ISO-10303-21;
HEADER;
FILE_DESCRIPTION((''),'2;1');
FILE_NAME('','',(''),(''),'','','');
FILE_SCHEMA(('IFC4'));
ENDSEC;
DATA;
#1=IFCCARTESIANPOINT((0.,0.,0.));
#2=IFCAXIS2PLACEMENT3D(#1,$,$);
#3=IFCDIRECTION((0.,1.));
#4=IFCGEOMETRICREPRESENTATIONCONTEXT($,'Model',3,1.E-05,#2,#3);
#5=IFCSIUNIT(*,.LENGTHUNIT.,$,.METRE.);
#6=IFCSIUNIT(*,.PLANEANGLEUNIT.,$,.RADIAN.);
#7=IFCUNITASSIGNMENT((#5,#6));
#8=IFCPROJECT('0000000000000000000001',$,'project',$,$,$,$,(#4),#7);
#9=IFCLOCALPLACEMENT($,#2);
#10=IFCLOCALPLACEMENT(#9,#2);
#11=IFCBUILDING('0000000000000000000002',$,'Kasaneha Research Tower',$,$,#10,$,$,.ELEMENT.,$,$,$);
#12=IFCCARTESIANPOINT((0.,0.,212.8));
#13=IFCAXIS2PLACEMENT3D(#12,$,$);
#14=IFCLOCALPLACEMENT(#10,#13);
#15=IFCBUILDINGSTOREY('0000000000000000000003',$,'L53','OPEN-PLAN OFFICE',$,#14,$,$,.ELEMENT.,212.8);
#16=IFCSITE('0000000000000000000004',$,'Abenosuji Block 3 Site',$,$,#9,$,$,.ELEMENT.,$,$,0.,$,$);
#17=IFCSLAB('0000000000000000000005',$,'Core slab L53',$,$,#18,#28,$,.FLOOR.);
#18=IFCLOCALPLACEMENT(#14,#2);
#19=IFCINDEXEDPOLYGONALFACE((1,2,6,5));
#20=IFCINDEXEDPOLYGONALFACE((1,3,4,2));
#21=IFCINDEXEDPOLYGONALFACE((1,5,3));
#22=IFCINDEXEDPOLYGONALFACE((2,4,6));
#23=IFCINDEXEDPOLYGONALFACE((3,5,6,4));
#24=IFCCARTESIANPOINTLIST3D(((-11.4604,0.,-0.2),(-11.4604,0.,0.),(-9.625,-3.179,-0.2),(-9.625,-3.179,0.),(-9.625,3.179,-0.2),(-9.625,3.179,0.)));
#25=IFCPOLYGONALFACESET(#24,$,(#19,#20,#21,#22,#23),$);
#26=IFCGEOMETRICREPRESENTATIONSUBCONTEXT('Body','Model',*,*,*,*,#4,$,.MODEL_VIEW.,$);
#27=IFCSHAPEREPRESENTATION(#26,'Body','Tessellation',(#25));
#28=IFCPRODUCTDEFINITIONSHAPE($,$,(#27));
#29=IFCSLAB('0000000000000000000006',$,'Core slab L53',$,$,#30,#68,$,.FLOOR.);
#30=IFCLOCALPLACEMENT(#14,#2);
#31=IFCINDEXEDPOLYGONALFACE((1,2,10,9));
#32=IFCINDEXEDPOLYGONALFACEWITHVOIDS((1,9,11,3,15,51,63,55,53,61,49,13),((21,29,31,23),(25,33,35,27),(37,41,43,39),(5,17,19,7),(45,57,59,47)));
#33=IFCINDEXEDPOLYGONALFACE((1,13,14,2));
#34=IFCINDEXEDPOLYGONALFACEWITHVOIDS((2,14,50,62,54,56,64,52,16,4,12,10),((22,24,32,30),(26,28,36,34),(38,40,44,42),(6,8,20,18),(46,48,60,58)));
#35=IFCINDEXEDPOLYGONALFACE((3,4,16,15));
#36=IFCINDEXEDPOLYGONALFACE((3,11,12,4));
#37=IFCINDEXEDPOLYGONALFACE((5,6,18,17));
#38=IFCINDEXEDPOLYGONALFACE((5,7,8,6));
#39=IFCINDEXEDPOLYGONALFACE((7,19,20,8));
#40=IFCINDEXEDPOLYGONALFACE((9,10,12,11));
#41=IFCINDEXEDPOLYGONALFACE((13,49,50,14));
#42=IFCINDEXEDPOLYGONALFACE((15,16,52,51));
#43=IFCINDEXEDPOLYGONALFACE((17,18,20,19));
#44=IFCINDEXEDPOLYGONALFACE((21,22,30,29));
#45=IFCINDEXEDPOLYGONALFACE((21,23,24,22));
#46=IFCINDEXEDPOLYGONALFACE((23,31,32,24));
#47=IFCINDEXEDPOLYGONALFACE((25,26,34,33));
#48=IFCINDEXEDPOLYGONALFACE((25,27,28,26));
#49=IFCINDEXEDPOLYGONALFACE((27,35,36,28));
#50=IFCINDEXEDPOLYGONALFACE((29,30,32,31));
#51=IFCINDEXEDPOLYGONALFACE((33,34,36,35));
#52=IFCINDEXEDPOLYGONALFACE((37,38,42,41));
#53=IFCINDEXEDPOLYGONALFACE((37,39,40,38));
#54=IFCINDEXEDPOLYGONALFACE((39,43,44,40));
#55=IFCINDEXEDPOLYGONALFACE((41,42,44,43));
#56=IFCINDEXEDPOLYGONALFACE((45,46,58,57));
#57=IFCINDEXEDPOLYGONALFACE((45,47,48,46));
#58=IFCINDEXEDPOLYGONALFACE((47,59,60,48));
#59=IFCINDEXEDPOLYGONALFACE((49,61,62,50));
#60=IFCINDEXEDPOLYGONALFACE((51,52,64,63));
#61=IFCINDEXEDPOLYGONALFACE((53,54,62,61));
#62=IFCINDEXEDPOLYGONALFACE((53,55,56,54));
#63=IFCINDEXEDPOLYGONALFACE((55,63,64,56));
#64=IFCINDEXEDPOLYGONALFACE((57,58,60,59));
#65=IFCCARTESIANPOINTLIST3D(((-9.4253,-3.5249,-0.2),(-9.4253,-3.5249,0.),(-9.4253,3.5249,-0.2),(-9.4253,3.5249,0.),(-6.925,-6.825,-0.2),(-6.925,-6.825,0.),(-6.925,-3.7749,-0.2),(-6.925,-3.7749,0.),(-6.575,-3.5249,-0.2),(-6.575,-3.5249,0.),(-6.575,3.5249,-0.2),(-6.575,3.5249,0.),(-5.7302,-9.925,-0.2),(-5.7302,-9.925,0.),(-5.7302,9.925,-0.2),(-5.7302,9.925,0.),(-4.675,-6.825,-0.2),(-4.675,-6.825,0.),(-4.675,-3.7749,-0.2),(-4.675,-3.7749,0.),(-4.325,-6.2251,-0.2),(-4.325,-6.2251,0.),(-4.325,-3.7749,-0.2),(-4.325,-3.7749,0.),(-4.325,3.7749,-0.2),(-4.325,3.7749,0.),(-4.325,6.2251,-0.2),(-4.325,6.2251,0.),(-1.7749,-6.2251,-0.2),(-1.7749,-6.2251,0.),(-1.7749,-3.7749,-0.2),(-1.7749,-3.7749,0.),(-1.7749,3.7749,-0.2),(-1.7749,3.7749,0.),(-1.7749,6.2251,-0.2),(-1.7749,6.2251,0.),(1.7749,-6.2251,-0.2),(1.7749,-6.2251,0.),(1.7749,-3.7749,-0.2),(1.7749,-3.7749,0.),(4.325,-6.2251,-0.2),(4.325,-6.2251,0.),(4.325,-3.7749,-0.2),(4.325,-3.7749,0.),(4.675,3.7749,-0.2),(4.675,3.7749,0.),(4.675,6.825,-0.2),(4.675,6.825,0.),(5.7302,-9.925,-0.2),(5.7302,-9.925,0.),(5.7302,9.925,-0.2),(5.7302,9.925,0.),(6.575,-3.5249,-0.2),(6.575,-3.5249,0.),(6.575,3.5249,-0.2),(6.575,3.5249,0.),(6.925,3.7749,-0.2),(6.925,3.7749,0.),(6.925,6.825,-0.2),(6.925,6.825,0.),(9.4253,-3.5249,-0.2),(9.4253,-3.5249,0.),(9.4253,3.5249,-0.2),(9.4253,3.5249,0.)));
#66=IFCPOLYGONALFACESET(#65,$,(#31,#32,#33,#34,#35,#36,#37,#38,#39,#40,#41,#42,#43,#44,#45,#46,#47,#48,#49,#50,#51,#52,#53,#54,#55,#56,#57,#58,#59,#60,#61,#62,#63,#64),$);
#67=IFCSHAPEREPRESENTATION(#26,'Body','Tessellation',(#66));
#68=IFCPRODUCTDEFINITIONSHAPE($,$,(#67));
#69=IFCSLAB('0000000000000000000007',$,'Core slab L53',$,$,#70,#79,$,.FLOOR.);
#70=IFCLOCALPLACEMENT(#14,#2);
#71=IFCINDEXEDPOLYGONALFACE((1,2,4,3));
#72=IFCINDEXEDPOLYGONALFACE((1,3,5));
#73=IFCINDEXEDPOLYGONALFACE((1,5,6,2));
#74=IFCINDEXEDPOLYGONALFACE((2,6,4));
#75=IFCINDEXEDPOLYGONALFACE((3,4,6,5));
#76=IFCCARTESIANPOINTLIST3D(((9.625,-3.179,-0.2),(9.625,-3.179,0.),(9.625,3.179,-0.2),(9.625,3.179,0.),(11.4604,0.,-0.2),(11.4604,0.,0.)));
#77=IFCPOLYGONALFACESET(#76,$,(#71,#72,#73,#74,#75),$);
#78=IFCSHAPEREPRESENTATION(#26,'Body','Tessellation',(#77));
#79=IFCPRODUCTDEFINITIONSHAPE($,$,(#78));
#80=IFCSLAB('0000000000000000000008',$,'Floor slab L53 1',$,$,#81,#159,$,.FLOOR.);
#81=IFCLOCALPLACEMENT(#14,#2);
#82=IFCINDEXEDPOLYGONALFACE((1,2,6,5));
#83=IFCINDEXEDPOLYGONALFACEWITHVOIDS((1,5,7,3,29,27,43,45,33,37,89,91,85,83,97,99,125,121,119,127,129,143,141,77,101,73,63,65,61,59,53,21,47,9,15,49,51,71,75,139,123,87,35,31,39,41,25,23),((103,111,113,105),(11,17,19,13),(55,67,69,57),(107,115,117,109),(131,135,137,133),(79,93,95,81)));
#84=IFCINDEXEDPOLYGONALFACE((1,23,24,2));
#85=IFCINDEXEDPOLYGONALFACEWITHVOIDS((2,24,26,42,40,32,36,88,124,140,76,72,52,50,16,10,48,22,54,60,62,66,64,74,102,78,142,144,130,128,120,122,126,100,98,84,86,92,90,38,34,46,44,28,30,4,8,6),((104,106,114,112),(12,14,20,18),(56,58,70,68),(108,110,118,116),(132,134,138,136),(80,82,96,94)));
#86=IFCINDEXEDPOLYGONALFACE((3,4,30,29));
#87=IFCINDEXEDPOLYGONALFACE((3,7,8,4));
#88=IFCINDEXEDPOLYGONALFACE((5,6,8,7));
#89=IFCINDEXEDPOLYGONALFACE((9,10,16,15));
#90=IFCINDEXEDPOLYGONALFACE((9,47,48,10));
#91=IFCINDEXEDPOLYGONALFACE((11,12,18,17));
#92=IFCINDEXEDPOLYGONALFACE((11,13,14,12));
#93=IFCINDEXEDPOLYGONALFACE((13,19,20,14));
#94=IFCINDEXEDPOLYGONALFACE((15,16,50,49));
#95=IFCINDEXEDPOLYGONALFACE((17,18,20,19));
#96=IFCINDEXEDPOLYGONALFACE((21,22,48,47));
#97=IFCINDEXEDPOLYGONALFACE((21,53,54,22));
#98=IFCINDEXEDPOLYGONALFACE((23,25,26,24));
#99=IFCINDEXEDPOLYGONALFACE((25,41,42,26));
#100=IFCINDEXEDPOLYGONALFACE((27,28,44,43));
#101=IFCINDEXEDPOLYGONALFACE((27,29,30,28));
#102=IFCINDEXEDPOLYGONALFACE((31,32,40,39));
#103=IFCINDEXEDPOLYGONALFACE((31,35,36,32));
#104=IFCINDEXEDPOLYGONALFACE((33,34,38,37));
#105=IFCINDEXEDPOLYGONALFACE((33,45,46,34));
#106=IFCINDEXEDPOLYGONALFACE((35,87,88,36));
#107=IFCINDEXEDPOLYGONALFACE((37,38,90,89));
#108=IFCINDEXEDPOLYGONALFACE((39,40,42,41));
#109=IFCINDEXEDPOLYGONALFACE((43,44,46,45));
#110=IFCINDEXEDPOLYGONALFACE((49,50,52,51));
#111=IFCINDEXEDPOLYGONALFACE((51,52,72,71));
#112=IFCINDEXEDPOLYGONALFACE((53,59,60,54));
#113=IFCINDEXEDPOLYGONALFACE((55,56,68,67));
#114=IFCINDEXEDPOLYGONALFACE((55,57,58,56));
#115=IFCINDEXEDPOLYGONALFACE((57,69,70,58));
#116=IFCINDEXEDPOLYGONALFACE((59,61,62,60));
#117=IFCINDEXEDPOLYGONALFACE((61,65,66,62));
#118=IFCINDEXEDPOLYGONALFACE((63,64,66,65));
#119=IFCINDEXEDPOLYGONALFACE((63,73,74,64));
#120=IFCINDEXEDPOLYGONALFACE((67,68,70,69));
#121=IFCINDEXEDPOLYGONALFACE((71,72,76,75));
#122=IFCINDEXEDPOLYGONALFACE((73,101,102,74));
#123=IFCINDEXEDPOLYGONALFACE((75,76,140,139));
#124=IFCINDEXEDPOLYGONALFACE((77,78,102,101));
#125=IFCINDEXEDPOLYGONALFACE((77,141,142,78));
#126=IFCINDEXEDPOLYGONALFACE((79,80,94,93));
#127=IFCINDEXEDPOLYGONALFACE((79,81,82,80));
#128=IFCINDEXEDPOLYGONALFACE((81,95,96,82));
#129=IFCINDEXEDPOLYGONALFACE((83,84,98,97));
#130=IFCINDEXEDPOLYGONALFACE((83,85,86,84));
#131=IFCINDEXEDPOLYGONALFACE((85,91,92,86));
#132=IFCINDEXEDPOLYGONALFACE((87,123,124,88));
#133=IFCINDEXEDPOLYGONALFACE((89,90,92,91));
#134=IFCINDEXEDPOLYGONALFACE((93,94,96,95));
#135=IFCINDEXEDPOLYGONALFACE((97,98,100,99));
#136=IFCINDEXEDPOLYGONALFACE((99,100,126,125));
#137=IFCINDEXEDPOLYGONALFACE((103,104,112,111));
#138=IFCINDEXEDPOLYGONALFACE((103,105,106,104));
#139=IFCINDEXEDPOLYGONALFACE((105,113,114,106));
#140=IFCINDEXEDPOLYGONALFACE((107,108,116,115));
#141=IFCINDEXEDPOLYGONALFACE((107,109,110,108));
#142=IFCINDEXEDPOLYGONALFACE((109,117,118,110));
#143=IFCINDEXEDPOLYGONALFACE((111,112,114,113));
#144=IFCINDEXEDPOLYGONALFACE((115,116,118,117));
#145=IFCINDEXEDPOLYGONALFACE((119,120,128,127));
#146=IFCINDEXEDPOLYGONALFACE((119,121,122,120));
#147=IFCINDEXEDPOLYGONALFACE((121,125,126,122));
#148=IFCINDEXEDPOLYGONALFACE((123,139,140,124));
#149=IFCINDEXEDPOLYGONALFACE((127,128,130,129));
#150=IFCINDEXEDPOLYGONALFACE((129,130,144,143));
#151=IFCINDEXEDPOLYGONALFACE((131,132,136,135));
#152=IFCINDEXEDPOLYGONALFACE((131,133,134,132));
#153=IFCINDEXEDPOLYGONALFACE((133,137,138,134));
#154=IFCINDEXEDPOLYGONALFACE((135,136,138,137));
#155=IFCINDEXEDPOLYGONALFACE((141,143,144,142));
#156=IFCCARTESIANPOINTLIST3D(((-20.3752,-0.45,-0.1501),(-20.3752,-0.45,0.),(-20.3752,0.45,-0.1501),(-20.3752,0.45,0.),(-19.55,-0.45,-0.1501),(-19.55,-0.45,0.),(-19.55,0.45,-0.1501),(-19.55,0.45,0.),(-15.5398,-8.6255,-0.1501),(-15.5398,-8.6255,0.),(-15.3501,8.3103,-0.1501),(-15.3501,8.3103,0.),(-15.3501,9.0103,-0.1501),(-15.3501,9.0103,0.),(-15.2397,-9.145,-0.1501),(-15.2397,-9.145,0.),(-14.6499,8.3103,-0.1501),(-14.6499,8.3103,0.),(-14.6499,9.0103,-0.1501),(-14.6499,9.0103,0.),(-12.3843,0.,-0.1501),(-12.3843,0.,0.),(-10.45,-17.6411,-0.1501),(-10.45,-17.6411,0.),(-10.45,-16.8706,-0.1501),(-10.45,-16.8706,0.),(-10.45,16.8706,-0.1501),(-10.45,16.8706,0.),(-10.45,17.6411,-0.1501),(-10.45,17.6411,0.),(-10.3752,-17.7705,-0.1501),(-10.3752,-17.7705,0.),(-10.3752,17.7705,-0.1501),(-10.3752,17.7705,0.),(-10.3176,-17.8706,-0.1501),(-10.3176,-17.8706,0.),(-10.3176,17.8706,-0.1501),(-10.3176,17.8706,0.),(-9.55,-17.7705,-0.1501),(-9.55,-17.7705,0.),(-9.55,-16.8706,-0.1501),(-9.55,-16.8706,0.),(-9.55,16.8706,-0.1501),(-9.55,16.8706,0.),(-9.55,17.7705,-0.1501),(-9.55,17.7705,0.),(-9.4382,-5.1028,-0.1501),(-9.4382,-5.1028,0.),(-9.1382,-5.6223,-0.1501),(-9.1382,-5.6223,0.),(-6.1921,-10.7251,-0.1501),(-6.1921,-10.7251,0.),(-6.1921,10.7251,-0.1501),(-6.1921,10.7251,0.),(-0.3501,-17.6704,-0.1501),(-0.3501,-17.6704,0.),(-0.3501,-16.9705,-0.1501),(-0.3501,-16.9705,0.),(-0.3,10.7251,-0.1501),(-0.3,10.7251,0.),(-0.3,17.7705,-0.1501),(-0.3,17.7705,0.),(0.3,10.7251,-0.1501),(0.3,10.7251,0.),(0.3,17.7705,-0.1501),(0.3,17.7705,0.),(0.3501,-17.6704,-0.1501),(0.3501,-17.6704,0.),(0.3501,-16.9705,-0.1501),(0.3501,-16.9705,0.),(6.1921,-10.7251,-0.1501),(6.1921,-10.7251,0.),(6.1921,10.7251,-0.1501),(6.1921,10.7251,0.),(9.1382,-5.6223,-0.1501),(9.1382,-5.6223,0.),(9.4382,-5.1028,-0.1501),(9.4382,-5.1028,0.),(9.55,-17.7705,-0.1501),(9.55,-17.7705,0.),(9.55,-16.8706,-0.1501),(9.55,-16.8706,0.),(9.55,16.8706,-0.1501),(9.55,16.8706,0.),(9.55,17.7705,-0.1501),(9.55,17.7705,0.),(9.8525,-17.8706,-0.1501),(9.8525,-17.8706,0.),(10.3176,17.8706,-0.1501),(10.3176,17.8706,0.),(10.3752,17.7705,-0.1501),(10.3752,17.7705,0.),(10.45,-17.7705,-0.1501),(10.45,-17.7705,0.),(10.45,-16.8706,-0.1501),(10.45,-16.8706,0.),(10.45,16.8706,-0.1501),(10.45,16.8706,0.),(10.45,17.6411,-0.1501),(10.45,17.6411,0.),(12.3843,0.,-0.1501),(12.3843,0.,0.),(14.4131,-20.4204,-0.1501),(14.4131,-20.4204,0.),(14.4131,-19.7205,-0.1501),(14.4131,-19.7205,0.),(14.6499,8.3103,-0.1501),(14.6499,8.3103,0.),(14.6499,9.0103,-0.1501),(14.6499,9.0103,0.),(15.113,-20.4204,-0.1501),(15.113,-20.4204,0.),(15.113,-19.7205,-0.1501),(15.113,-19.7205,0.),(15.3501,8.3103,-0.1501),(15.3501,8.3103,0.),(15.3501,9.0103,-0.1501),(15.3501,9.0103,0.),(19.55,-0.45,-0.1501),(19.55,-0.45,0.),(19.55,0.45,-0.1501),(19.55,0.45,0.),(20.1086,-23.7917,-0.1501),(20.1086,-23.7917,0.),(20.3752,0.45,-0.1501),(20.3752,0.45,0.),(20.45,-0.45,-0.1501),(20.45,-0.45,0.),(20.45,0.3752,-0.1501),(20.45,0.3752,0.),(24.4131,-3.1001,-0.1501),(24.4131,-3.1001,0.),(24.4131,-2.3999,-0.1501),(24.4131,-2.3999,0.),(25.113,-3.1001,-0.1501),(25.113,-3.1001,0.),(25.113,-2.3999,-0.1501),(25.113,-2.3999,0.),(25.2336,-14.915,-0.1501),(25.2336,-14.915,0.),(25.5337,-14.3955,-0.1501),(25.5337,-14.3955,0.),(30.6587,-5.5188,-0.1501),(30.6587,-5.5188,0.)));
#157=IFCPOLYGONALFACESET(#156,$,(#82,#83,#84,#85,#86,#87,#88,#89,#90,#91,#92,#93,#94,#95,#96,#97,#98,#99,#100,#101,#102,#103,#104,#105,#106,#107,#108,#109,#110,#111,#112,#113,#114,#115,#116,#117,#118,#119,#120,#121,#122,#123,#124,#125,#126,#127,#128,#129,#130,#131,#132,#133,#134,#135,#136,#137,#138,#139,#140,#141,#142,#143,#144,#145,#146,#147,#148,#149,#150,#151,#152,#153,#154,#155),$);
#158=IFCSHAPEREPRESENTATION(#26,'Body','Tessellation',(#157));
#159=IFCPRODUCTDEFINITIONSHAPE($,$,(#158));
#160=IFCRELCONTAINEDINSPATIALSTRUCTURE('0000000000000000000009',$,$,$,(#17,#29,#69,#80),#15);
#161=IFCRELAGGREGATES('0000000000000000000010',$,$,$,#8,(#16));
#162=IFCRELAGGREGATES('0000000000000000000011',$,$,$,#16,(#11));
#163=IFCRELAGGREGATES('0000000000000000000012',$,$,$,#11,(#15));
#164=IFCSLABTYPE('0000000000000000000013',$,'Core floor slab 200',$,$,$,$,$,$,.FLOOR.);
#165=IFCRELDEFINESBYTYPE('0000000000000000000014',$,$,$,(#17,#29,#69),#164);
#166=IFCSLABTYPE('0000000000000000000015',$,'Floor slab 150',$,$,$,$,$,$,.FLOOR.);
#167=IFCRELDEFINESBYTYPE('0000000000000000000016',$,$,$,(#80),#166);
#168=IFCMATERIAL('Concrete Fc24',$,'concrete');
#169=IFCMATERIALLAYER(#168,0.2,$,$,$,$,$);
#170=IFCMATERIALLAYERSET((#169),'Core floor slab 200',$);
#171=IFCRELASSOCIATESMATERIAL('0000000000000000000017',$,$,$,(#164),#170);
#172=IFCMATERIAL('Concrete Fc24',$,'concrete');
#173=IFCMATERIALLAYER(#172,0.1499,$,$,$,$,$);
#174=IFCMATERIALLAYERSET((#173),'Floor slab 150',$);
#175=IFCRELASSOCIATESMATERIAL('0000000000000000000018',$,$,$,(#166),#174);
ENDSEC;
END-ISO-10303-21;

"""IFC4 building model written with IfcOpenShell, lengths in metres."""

from ifc_helpers import new_model, si_unit, direction, frame, origin, place, context, subcontext, project, spatial, polyline, outline, extrude, material, layer, layer_set, type_object, element, save


model = new_model("IFC4")

# Units and contexts
model_context = context("Model", 3, precision=1e-05, world=origin(), true_north=direction((0.0, 1.0)))
body_context = subcontext(model_context, "Body", "Model", "MODEL_VIEW")
ifc_project = project(units=[si_unit("LENGTHUNIT", "METRE"), si_unit("PLANEANGLEUNIT", "RADIAN")], contexts=[model_context])

# Site, building, storey
site_placement = place(None, origin())
site = spatial("IfcSite", under=ifc_project, at=site_placement, Name="Abenosuji Block 3 Site", CompositionType="ELEMENT", RefElevation=0.0)
building_placement = place(site_placement, origin())
building = spatial("IfcBuilding", under=site, at=building_placement, Name="Kasaneha Research Tower", CompositionType="ELEMENT")
storey_placement = place(building_placement, frame((0.0, 0.0, 212.8)))
storey = spatial("IfcBuildingStorey", under=building, at=storey_placement, Name="L53", Description="OPEN-PLAN OFFICE", CompositionType="ELEMENT", Elevation=212.8)

# Slabs
ifc_material_1 = material(Name="Concrete Fc24", Category="concrete")
ifc_layer_1 = layer(ifc_material_1, 0.2)
ifc_layer_set_1 = layer_set([ifc_layer_1], Name="Core floor slab 200")
slab_type_1 = type_object("IfcSlabType", Name="Core floor slab 200", PredefinedType="FLOOR", material=ifc_layer_set_1)
slab_1_placement = place(storey_placement, frame((0.0, 0.0, -0.2)))
element("IfcSlab", 1, at=slab_1_placement, inside=storey, type_object=slab_type_1, Name="Core slab L53", PredefinedType="FLOOR", context=body_context, shape_type="SweptSolid", body=[
    extrude(outline(polyline([(-11.4604, 0.0), (-9.625, 3.179), (-9.625, -3.179), (-11.4604, 0.0)])), origin(), (0.0, 0.0, 1.0), 0.2),
])
slab_2_placement = place(storey_placement, frame((0.0, 0.0, -0.2)))
element("IfcSlab", 2, at=slab_2_placement, inside=storey, type_object=slab_type_1, Name="Core slab L53", PredefinedType="FLOOR", context=body_context, shape_type="SweptSolid", body=[
    extrude(outline(polyline([(-5.7302, 9.925), (5.7302, 9.925), (9.4253, 3.5249), (6.575, 3.5249), (6.575, -3.5249), (9.4253, -3.5249), (5.7302, -9.925), (-5.7302, -9.925), (-9.4253, -3.5249), (-6.575, -3.5249), (-6.575, 3.5249), (-9.4253, 3.5249), (-5.7302, 9.925)]), holes=[polyline([(-6.925, -6.825), (-4.675, -6.825), (-4.675, -3.7749), (-6.925, -3.7749), (-6.925, -6.825)]), polyline([(-4.325, -3.7749), (-4.325, -6.2251), (-1.7749, -6.2251), (-1.7749, -3.7749), (-4.325, -3.7749)]), polyline([(1.7749, -3.7749), (1.7749, -6.2251), (4.325, -6.2251), (4.325, -3.7749), (1.7749, -3.7749)]), polyline([(-4.325, 6.2251), (-4.325, 3.7749), (-1.7749, 3.7749), (-1.7749, 6.2251), (-4.325, 6.2251)]), polyline([(4.675, 6.825), (4.675, 3.7749), (6.925, 3.7749), (6.925, 6.825), (4.675, 6.825)])]), origin(), (0.0, 0.0, 1.0), 0.2),
])
slab_3_placement = place(storey_placement, frame((0.0, 0.0, -0.2)))
element("IfcSlab", 3, at=slab_3_placement, inside=storey, type_object=slab_type_1, Name="Core slab L53", PredefinedType="FLOOR", context=body_context, shape_type="SweptSolid", body=[
    extrude(outline(polyline([(11.4604, 0.0), (9.625, -3.179), (9.625, 3.179), (11.4604, 0.0)])), origin(), (0.0, 0.0, 1.0), 0.2),
])
ifc_material_2 = material(Name="Concrete Fc24", Category="concrete")
ifc_layer_2 = layer(ifc_material_2, 0.1499)
ifc_layer_set_2 = layer_set([ifc_layer_2], Name="Floor slab 150")
slab_type_2 = type_object("IfcSlabType", Name="Floor slab 150", PredefinedType="FLOOR", material=ifc_layer_set_2)
slab_4_placement = place(storey_placement, frame((0.0, 0.0, -0.1501)))
element("IfcSlab", 4, at=slab_4_placement, inside=storey, type_object=slab_type_2, Name="Floor slab L53 1", PredefinedType="FLOOR", context=body_context, shape_type="SweptSolid", body=[
    extrude(outline(polyline([(9.8525, -17.8706), (-10.3176, -17.8706), (-10.3752, -17.7705), (-9.55, -17.7705), (-9.55, -16.8706), (-10.45, -16.8706), (-10.45, -17.6411), (-20.3752, -0.45), (-19.55, -0.45), (-19.55, 0.45), (-20.3752, 0.45), (-10.45, 17.6411), (-10.45, 16.8706), (-9.55, 16.8706), (-9.55, 17.7705), (-10.3752, 17.7705), (-10.3176, 17.8706), (10.3176, 17.8706), (10.3752, 17.7705), (9.55, 17.7705), (9.55, 16.8706), (10.45, 16.8706), (10.45, 17.6411), (20.3752, 0.45), (19.55, 0.45), (19.55, -0.45), (20.45, -0.45), (20.45, 0.3752), (30.6587, -5.5188), (25.5337, -14.3955), (9.4382, -5.1028), (12.3843, 0.0), (6.1921, 10.7251), (0.3, 10.7251), (0.3, 17.7705), (-0.3, 17.7705), (-0.3, 10.7251), (-6.1921, 10.7251), (-12.3843, 0.0), (-9.4382, -5.1028), (-15.5398, -8.6255), (-15.2397, -9.145), (-9.1382, -5.6223), (-6.1921, -10.7251), (6.1921, -10.7251), (9.1382, -5.6223), (25.2336, -14.915), (20.1086, -23.7917), (9.8525, -17.8706)]), holes=[polyline([(-0.3501, -16.9705), (-0.3501, -17.6704), (0.3501, -17.6704), (0.3501, -16.9705), (-0.3501, -16.9705)]), polyline([(-15.3501, 9.0103), (-15.3501, 8.3103), (-14.6499, 8.3103), (-14.6499, 9.0103), (-15.3501, 9.0103)]), polyline([(14.4131, -19.7205), (14.4131, -20.4204), (15.113, -20.4204), (15.113, -19.7205), (14.4131, -19.7205)]), polyline([(9.55, -16.8706), (9.55, -17.7705), (10.45, -17.7705), (10.45, -16.8706), (9.55, -16.8706)]), polyline([(24.4131, -2.3999), (24.4131, -3.1001), (25.113, -3.1001), (25.113, -2.3999), (24.4131, -2.3999)]), polyline([(15.3501, 9.0103), (14.6499, 9.0103), (14.6499, 8.3103), (15.3501, 8.3103), (15.3501, 9.0103)])]), origin(), (0.0, 0.0, 1.0), 0.1501),
])

save(model, "model.ifc")
